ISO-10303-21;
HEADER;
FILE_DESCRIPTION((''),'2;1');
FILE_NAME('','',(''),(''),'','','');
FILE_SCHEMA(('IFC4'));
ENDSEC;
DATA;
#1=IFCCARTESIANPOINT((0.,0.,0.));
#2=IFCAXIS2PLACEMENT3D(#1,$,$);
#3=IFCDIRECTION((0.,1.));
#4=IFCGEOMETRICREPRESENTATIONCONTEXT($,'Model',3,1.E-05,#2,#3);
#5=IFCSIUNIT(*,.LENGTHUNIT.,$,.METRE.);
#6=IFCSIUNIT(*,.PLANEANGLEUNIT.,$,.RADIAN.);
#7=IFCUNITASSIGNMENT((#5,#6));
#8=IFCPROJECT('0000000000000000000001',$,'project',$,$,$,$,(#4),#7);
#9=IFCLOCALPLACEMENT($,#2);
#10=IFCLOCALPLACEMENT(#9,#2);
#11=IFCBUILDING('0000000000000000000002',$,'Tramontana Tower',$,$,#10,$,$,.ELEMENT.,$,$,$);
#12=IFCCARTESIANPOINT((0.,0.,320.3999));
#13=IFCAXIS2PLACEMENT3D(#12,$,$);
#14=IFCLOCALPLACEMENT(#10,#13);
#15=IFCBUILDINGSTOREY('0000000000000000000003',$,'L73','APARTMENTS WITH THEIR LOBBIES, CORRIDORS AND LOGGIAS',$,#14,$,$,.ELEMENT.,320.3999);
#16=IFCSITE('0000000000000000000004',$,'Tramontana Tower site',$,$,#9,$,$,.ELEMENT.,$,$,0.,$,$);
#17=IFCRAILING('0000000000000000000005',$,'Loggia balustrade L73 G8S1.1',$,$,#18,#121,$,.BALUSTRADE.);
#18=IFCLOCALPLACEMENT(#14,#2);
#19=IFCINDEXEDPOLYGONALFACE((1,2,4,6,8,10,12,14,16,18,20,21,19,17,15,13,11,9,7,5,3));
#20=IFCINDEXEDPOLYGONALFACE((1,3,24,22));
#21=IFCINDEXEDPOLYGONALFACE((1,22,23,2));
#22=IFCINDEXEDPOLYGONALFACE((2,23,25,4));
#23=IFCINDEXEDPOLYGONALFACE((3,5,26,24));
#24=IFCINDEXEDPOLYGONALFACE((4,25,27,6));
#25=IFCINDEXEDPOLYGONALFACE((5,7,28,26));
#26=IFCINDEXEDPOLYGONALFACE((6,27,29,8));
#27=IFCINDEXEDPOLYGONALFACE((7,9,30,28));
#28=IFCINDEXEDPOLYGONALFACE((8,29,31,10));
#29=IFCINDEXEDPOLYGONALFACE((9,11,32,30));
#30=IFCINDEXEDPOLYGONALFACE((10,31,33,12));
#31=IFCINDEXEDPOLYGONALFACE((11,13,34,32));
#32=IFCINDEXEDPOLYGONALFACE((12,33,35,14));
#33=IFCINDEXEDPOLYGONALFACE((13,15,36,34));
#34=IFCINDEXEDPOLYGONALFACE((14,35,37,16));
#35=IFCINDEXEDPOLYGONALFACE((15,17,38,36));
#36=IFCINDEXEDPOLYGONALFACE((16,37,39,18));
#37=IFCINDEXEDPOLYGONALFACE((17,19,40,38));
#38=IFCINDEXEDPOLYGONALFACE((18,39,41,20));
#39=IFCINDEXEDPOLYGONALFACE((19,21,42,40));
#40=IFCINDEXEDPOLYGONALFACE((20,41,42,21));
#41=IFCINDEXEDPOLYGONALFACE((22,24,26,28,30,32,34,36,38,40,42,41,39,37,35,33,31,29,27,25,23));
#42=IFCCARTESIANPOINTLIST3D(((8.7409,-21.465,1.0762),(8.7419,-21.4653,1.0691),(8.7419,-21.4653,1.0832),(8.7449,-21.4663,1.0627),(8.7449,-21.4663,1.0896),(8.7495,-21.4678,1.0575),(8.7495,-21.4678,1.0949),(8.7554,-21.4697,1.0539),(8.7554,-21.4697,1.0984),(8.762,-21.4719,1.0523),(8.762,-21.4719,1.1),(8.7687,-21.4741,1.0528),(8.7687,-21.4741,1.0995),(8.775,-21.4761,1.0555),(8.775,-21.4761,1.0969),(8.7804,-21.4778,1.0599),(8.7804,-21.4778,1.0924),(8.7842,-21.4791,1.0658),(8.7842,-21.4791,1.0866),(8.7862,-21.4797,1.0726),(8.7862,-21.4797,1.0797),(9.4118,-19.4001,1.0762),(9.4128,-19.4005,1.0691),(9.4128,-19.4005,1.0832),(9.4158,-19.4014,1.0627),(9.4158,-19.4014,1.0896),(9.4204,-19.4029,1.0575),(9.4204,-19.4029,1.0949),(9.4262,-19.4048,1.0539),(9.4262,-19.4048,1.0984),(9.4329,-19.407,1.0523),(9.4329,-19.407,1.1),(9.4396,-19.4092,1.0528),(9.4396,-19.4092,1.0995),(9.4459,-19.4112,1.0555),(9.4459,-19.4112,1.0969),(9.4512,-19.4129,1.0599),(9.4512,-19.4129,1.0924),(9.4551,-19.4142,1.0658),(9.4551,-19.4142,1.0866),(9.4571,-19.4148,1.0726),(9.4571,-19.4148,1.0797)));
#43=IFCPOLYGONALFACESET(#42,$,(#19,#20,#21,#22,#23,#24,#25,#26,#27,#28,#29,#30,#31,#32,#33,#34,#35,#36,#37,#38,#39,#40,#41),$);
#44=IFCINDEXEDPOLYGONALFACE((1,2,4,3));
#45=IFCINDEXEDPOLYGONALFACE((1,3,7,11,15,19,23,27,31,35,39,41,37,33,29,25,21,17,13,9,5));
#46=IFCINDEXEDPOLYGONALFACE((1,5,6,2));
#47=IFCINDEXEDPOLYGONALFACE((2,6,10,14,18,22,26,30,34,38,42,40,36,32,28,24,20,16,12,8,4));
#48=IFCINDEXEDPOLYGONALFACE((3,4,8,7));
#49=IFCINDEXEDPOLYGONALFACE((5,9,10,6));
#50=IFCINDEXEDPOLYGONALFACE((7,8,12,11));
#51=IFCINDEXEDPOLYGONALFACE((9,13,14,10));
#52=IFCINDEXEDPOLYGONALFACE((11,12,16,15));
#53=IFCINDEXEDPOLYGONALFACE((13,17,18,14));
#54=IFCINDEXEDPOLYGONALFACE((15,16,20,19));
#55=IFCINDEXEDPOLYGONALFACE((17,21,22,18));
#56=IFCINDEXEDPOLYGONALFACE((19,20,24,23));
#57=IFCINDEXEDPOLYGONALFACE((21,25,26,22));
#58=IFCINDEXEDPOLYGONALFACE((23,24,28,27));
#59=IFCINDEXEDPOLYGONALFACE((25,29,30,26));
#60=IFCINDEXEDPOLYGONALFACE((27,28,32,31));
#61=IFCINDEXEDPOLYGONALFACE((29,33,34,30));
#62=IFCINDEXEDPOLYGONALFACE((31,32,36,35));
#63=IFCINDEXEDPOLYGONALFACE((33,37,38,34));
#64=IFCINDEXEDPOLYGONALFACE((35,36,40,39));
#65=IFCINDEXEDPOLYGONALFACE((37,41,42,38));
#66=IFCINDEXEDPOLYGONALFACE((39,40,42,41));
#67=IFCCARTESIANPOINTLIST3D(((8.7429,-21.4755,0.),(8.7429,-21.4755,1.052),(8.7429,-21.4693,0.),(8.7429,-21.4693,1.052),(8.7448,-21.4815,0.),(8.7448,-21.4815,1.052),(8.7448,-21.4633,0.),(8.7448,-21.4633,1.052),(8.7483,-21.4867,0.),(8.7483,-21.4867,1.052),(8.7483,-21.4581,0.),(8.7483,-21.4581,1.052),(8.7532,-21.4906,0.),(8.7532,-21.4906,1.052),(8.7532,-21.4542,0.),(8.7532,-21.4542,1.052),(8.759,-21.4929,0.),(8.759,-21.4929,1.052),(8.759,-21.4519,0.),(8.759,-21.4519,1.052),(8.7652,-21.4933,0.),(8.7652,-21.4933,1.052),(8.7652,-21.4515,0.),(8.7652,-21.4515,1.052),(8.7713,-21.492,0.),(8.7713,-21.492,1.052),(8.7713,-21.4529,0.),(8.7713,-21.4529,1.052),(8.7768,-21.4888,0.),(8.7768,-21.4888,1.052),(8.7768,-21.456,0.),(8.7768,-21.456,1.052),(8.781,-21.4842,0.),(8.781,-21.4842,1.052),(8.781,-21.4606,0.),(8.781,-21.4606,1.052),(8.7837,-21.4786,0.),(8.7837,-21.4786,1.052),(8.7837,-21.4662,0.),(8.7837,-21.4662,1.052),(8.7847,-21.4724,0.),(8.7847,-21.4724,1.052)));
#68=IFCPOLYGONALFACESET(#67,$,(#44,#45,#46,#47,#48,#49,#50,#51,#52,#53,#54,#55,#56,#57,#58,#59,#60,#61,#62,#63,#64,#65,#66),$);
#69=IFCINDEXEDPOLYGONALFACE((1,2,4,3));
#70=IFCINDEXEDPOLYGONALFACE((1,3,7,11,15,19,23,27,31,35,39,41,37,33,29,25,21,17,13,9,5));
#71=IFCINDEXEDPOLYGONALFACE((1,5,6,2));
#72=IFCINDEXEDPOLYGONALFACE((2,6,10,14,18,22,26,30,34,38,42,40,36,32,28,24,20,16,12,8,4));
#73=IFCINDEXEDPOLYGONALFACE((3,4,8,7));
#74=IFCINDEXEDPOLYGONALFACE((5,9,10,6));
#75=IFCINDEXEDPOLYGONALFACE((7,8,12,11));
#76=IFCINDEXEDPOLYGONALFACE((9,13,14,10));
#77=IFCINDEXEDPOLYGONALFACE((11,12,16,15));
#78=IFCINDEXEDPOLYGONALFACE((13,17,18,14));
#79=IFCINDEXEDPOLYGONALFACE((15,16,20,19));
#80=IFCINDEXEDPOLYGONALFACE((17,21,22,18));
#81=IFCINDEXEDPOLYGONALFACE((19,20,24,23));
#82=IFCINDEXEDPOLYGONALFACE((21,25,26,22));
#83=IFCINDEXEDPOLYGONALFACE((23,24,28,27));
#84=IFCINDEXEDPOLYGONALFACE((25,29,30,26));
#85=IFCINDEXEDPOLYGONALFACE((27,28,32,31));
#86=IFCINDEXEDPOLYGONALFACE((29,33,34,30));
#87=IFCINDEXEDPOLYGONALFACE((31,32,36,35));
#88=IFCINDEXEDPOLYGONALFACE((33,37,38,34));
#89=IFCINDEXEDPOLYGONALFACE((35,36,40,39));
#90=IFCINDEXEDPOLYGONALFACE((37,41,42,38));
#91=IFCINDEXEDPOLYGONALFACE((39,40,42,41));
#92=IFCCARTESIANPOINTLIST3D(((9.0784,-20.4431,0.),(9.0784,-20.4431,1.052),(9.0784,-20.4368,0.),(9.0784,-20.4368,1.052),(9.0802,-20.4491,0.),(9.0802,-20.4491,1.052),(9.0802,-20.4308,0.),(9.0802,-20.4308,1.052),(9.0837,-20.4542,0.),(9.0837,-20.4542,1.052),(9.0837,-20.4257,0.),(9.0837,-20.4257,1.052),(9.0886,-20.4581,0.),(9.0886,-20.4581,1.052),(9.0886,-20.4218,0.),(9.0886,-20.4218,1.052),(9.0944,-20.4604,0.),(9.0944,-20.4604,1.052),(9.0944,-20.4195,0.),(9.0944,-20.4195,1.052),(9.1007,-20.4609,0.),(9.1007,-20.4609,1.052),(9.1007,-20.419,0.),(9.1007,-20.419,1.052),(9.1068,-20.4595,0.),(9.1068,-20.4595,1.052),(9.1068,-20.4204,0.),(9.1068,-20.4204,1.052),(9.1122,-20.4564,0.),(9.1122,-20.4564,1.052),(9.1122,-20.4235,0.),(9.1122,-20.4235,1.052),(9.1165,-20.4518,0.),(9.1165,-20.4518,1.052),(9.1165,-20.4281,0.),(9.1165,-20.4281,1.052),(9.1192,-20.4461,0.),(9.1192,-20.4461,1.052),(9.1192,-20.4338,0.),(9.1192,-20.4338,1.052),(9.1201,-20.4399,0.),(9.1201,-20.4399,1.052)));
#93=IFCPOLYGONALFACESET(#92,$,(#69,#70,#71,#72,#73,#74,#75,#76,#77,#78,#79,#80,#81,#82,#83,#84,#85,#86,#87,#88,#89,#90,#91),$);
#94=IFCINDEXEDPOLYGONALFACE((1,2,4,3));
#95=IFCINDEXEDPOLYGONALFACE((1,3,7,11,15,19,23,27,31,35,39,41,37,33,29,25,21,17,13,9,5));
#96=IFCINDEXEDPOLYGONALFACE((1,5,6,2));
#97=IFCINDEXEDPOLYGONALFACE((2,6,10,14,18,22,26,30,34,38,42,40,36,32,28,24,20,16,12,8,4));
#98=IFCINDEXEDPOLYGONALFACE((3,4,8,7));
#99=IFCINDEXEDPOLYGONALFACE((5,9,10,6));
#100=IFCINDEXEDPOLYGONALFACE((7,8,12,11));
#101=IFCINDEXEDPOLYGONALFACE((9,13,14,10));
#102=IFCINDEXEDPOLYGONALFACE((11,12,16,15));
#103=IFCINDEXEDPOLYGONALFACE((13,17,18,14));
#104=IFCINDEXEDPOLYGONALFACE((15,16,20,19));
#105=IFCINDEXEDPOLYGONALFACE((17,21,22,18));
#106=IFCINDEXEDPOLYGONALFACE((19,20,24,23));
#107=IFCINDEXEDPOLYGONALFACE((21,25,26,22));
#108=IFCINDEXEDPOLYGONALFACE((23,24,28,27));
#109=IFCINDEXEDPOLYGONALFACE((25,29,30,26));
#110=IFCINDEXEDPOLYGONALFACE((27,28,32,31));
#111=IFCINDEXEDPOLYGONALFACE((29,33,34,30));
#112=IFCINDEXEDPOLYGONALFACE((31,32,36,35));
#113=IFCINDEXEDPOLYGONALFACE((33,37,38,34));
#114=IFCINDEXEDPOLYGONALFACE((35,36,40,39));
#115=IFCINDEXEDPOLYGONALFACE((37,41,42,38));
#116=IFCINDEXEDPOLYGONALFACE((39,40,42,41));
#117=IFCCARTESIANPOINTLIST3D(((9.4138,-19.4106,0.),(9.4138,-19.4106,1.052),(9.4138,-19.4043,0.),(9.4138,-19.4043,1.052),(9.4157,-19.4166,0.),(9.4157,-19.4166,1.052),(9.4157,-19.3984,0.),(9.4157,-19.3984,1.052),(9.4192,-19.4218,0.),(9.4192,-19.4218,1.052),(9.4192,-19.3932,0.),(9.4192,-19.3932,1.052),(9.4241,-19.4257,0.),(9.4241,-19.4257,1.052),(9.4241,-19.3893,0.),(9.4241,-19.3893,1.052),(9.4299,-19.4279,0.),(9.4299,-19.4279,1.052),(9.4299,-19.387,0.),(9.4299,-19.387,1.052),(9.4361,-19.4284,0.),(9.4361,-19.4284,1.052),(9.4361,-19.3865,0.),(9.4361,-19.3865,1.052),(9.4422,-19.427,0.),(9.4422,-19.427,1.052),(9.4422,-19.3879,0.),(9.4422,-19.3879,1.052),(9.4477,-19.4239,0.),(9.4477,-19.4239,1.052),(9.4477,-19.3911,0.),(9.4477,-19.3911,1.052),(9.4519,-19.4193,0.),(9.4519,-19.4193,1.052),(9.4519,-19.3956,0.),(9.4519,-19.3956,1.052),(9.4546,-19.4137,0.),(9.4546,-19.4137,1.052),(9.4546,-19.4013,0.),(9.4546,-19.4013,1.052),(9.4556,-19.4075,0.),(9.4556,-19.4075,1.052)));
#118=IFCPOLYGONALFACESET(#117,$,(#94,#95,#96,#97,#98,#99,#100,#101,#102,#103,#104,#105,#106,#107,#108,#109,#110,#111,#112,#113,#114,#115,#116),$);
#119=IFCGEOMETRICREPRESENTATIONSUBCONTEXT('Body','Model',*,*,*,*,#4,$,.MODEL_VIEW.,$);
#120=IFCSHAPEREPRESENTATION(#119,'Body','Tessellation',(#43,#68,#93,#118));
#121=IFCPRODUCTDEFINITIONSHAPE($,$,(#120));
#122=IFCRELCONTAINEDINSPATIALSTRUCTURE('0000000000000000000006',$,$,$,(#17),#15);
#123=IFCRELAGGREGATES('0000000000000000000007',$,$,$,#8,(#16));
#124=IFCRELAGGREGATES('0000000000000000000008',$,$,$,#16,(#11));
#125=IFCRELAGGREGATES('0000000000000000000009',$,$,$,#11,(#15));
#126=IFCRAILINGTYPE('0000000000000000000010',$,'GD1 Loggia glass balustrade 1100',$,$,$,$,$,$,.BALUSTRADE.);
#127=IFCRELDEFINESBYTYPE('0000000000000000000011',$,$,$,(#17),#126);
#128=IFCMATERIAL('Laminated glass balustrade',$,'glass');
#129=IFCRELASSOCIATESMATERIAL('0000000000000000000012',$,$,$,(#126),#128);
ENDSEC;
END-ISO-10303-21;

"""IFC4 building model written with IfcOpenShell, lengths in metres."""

from ifc_helpers import new_model, si_unit, direction, frame, origin, origin_2d, place, context, subcontext, project, spatial, circle, extrude, material, type_object, element, save


model = new_model("IFC4")

# Units and contexts
model_context = context("Model", 3, precision=1e-05, world=origin(), true_north=direction((0.0, 1.0)))
body_context = subcontext(model_context, "Body", "Model", "MODEL_VIEW")
ifc_project = project(units=[si_unit("LENGTHUNIT", "METRE"), si_unit("PLANEANGLEUNIT", "RADIAN")], contexts=[model_context])

# Site, building, storey
site_placement = place(None, origin())
site = spatial("IfcSite", under=ifc_project, at=site_placement, Name="Tramontana Tower site", CompositionType="ELEMENT", RefElevation=0.0)
building_placement = place(site_placement, origin())
building = spatial("IfcBuilding", under=site, at=building_placement, Name="Tramontana Tower", CompositionType="ELEMENT")
storey_placement = place(building_placement, frame((0.0, 0.0, 320.3999)))
storey = spatial("IfcBuildingStorey", under=building, at=storey_placement, Name="L73", Description="APARTMENTS WITH THEIR LOBBIES, CORRIDORS AND LOGGIAS", CompositionType="ELEMENT", Elevation=320.3999)

# Railing
ifc_material_1 = material(Name="Laminated glass balustrade", Category="glass")
railing_type = type_object("IfcRailingType", Name="GD1 Loggia glass balustrade 1100", PredefinedType="BALUSTRADE", material=ifc_material_1)
railing_1_placement = place(storey_placement, frame((8.7637, -21.4724, 0.0)))
element("IfcRailing", 1, at=railing_1_placement, inside=storey, type_object=railing_type, Name="Loggia balustrade L73 G8S1.1", PredefinedType="BALUSTRADE", context=body_context, shape_type="SweptSolid", body=[
    extrude(circle(Radius=0.0239, at=origin_2d()), frame((0.0, 0.0, 1.0762), z_axis=(0.309, 0.951062, 0.0), x_axis=(-0.951062, 0.309, 0.0)), (0.0, 0.0, 1.0), 2.1711),
    extrude(circle(Radius=0.021, at=origin_2d()), origin(), (0.0, 0.0, 1.0), 1.052),
    extrude(circle(Radius=0.021, at=origin_2d()), frame((0.3354, 1.0325, 0.0)), (0.0, 0.0, 1.0), 1.052),
    extrude(circle(Radius=0.021, at=origin_2d()), frame((0.6709, 2.0649, 0.0)), (0.0, 0.0, 1.0), 1.052),
])

save(model, "model.ifc")
